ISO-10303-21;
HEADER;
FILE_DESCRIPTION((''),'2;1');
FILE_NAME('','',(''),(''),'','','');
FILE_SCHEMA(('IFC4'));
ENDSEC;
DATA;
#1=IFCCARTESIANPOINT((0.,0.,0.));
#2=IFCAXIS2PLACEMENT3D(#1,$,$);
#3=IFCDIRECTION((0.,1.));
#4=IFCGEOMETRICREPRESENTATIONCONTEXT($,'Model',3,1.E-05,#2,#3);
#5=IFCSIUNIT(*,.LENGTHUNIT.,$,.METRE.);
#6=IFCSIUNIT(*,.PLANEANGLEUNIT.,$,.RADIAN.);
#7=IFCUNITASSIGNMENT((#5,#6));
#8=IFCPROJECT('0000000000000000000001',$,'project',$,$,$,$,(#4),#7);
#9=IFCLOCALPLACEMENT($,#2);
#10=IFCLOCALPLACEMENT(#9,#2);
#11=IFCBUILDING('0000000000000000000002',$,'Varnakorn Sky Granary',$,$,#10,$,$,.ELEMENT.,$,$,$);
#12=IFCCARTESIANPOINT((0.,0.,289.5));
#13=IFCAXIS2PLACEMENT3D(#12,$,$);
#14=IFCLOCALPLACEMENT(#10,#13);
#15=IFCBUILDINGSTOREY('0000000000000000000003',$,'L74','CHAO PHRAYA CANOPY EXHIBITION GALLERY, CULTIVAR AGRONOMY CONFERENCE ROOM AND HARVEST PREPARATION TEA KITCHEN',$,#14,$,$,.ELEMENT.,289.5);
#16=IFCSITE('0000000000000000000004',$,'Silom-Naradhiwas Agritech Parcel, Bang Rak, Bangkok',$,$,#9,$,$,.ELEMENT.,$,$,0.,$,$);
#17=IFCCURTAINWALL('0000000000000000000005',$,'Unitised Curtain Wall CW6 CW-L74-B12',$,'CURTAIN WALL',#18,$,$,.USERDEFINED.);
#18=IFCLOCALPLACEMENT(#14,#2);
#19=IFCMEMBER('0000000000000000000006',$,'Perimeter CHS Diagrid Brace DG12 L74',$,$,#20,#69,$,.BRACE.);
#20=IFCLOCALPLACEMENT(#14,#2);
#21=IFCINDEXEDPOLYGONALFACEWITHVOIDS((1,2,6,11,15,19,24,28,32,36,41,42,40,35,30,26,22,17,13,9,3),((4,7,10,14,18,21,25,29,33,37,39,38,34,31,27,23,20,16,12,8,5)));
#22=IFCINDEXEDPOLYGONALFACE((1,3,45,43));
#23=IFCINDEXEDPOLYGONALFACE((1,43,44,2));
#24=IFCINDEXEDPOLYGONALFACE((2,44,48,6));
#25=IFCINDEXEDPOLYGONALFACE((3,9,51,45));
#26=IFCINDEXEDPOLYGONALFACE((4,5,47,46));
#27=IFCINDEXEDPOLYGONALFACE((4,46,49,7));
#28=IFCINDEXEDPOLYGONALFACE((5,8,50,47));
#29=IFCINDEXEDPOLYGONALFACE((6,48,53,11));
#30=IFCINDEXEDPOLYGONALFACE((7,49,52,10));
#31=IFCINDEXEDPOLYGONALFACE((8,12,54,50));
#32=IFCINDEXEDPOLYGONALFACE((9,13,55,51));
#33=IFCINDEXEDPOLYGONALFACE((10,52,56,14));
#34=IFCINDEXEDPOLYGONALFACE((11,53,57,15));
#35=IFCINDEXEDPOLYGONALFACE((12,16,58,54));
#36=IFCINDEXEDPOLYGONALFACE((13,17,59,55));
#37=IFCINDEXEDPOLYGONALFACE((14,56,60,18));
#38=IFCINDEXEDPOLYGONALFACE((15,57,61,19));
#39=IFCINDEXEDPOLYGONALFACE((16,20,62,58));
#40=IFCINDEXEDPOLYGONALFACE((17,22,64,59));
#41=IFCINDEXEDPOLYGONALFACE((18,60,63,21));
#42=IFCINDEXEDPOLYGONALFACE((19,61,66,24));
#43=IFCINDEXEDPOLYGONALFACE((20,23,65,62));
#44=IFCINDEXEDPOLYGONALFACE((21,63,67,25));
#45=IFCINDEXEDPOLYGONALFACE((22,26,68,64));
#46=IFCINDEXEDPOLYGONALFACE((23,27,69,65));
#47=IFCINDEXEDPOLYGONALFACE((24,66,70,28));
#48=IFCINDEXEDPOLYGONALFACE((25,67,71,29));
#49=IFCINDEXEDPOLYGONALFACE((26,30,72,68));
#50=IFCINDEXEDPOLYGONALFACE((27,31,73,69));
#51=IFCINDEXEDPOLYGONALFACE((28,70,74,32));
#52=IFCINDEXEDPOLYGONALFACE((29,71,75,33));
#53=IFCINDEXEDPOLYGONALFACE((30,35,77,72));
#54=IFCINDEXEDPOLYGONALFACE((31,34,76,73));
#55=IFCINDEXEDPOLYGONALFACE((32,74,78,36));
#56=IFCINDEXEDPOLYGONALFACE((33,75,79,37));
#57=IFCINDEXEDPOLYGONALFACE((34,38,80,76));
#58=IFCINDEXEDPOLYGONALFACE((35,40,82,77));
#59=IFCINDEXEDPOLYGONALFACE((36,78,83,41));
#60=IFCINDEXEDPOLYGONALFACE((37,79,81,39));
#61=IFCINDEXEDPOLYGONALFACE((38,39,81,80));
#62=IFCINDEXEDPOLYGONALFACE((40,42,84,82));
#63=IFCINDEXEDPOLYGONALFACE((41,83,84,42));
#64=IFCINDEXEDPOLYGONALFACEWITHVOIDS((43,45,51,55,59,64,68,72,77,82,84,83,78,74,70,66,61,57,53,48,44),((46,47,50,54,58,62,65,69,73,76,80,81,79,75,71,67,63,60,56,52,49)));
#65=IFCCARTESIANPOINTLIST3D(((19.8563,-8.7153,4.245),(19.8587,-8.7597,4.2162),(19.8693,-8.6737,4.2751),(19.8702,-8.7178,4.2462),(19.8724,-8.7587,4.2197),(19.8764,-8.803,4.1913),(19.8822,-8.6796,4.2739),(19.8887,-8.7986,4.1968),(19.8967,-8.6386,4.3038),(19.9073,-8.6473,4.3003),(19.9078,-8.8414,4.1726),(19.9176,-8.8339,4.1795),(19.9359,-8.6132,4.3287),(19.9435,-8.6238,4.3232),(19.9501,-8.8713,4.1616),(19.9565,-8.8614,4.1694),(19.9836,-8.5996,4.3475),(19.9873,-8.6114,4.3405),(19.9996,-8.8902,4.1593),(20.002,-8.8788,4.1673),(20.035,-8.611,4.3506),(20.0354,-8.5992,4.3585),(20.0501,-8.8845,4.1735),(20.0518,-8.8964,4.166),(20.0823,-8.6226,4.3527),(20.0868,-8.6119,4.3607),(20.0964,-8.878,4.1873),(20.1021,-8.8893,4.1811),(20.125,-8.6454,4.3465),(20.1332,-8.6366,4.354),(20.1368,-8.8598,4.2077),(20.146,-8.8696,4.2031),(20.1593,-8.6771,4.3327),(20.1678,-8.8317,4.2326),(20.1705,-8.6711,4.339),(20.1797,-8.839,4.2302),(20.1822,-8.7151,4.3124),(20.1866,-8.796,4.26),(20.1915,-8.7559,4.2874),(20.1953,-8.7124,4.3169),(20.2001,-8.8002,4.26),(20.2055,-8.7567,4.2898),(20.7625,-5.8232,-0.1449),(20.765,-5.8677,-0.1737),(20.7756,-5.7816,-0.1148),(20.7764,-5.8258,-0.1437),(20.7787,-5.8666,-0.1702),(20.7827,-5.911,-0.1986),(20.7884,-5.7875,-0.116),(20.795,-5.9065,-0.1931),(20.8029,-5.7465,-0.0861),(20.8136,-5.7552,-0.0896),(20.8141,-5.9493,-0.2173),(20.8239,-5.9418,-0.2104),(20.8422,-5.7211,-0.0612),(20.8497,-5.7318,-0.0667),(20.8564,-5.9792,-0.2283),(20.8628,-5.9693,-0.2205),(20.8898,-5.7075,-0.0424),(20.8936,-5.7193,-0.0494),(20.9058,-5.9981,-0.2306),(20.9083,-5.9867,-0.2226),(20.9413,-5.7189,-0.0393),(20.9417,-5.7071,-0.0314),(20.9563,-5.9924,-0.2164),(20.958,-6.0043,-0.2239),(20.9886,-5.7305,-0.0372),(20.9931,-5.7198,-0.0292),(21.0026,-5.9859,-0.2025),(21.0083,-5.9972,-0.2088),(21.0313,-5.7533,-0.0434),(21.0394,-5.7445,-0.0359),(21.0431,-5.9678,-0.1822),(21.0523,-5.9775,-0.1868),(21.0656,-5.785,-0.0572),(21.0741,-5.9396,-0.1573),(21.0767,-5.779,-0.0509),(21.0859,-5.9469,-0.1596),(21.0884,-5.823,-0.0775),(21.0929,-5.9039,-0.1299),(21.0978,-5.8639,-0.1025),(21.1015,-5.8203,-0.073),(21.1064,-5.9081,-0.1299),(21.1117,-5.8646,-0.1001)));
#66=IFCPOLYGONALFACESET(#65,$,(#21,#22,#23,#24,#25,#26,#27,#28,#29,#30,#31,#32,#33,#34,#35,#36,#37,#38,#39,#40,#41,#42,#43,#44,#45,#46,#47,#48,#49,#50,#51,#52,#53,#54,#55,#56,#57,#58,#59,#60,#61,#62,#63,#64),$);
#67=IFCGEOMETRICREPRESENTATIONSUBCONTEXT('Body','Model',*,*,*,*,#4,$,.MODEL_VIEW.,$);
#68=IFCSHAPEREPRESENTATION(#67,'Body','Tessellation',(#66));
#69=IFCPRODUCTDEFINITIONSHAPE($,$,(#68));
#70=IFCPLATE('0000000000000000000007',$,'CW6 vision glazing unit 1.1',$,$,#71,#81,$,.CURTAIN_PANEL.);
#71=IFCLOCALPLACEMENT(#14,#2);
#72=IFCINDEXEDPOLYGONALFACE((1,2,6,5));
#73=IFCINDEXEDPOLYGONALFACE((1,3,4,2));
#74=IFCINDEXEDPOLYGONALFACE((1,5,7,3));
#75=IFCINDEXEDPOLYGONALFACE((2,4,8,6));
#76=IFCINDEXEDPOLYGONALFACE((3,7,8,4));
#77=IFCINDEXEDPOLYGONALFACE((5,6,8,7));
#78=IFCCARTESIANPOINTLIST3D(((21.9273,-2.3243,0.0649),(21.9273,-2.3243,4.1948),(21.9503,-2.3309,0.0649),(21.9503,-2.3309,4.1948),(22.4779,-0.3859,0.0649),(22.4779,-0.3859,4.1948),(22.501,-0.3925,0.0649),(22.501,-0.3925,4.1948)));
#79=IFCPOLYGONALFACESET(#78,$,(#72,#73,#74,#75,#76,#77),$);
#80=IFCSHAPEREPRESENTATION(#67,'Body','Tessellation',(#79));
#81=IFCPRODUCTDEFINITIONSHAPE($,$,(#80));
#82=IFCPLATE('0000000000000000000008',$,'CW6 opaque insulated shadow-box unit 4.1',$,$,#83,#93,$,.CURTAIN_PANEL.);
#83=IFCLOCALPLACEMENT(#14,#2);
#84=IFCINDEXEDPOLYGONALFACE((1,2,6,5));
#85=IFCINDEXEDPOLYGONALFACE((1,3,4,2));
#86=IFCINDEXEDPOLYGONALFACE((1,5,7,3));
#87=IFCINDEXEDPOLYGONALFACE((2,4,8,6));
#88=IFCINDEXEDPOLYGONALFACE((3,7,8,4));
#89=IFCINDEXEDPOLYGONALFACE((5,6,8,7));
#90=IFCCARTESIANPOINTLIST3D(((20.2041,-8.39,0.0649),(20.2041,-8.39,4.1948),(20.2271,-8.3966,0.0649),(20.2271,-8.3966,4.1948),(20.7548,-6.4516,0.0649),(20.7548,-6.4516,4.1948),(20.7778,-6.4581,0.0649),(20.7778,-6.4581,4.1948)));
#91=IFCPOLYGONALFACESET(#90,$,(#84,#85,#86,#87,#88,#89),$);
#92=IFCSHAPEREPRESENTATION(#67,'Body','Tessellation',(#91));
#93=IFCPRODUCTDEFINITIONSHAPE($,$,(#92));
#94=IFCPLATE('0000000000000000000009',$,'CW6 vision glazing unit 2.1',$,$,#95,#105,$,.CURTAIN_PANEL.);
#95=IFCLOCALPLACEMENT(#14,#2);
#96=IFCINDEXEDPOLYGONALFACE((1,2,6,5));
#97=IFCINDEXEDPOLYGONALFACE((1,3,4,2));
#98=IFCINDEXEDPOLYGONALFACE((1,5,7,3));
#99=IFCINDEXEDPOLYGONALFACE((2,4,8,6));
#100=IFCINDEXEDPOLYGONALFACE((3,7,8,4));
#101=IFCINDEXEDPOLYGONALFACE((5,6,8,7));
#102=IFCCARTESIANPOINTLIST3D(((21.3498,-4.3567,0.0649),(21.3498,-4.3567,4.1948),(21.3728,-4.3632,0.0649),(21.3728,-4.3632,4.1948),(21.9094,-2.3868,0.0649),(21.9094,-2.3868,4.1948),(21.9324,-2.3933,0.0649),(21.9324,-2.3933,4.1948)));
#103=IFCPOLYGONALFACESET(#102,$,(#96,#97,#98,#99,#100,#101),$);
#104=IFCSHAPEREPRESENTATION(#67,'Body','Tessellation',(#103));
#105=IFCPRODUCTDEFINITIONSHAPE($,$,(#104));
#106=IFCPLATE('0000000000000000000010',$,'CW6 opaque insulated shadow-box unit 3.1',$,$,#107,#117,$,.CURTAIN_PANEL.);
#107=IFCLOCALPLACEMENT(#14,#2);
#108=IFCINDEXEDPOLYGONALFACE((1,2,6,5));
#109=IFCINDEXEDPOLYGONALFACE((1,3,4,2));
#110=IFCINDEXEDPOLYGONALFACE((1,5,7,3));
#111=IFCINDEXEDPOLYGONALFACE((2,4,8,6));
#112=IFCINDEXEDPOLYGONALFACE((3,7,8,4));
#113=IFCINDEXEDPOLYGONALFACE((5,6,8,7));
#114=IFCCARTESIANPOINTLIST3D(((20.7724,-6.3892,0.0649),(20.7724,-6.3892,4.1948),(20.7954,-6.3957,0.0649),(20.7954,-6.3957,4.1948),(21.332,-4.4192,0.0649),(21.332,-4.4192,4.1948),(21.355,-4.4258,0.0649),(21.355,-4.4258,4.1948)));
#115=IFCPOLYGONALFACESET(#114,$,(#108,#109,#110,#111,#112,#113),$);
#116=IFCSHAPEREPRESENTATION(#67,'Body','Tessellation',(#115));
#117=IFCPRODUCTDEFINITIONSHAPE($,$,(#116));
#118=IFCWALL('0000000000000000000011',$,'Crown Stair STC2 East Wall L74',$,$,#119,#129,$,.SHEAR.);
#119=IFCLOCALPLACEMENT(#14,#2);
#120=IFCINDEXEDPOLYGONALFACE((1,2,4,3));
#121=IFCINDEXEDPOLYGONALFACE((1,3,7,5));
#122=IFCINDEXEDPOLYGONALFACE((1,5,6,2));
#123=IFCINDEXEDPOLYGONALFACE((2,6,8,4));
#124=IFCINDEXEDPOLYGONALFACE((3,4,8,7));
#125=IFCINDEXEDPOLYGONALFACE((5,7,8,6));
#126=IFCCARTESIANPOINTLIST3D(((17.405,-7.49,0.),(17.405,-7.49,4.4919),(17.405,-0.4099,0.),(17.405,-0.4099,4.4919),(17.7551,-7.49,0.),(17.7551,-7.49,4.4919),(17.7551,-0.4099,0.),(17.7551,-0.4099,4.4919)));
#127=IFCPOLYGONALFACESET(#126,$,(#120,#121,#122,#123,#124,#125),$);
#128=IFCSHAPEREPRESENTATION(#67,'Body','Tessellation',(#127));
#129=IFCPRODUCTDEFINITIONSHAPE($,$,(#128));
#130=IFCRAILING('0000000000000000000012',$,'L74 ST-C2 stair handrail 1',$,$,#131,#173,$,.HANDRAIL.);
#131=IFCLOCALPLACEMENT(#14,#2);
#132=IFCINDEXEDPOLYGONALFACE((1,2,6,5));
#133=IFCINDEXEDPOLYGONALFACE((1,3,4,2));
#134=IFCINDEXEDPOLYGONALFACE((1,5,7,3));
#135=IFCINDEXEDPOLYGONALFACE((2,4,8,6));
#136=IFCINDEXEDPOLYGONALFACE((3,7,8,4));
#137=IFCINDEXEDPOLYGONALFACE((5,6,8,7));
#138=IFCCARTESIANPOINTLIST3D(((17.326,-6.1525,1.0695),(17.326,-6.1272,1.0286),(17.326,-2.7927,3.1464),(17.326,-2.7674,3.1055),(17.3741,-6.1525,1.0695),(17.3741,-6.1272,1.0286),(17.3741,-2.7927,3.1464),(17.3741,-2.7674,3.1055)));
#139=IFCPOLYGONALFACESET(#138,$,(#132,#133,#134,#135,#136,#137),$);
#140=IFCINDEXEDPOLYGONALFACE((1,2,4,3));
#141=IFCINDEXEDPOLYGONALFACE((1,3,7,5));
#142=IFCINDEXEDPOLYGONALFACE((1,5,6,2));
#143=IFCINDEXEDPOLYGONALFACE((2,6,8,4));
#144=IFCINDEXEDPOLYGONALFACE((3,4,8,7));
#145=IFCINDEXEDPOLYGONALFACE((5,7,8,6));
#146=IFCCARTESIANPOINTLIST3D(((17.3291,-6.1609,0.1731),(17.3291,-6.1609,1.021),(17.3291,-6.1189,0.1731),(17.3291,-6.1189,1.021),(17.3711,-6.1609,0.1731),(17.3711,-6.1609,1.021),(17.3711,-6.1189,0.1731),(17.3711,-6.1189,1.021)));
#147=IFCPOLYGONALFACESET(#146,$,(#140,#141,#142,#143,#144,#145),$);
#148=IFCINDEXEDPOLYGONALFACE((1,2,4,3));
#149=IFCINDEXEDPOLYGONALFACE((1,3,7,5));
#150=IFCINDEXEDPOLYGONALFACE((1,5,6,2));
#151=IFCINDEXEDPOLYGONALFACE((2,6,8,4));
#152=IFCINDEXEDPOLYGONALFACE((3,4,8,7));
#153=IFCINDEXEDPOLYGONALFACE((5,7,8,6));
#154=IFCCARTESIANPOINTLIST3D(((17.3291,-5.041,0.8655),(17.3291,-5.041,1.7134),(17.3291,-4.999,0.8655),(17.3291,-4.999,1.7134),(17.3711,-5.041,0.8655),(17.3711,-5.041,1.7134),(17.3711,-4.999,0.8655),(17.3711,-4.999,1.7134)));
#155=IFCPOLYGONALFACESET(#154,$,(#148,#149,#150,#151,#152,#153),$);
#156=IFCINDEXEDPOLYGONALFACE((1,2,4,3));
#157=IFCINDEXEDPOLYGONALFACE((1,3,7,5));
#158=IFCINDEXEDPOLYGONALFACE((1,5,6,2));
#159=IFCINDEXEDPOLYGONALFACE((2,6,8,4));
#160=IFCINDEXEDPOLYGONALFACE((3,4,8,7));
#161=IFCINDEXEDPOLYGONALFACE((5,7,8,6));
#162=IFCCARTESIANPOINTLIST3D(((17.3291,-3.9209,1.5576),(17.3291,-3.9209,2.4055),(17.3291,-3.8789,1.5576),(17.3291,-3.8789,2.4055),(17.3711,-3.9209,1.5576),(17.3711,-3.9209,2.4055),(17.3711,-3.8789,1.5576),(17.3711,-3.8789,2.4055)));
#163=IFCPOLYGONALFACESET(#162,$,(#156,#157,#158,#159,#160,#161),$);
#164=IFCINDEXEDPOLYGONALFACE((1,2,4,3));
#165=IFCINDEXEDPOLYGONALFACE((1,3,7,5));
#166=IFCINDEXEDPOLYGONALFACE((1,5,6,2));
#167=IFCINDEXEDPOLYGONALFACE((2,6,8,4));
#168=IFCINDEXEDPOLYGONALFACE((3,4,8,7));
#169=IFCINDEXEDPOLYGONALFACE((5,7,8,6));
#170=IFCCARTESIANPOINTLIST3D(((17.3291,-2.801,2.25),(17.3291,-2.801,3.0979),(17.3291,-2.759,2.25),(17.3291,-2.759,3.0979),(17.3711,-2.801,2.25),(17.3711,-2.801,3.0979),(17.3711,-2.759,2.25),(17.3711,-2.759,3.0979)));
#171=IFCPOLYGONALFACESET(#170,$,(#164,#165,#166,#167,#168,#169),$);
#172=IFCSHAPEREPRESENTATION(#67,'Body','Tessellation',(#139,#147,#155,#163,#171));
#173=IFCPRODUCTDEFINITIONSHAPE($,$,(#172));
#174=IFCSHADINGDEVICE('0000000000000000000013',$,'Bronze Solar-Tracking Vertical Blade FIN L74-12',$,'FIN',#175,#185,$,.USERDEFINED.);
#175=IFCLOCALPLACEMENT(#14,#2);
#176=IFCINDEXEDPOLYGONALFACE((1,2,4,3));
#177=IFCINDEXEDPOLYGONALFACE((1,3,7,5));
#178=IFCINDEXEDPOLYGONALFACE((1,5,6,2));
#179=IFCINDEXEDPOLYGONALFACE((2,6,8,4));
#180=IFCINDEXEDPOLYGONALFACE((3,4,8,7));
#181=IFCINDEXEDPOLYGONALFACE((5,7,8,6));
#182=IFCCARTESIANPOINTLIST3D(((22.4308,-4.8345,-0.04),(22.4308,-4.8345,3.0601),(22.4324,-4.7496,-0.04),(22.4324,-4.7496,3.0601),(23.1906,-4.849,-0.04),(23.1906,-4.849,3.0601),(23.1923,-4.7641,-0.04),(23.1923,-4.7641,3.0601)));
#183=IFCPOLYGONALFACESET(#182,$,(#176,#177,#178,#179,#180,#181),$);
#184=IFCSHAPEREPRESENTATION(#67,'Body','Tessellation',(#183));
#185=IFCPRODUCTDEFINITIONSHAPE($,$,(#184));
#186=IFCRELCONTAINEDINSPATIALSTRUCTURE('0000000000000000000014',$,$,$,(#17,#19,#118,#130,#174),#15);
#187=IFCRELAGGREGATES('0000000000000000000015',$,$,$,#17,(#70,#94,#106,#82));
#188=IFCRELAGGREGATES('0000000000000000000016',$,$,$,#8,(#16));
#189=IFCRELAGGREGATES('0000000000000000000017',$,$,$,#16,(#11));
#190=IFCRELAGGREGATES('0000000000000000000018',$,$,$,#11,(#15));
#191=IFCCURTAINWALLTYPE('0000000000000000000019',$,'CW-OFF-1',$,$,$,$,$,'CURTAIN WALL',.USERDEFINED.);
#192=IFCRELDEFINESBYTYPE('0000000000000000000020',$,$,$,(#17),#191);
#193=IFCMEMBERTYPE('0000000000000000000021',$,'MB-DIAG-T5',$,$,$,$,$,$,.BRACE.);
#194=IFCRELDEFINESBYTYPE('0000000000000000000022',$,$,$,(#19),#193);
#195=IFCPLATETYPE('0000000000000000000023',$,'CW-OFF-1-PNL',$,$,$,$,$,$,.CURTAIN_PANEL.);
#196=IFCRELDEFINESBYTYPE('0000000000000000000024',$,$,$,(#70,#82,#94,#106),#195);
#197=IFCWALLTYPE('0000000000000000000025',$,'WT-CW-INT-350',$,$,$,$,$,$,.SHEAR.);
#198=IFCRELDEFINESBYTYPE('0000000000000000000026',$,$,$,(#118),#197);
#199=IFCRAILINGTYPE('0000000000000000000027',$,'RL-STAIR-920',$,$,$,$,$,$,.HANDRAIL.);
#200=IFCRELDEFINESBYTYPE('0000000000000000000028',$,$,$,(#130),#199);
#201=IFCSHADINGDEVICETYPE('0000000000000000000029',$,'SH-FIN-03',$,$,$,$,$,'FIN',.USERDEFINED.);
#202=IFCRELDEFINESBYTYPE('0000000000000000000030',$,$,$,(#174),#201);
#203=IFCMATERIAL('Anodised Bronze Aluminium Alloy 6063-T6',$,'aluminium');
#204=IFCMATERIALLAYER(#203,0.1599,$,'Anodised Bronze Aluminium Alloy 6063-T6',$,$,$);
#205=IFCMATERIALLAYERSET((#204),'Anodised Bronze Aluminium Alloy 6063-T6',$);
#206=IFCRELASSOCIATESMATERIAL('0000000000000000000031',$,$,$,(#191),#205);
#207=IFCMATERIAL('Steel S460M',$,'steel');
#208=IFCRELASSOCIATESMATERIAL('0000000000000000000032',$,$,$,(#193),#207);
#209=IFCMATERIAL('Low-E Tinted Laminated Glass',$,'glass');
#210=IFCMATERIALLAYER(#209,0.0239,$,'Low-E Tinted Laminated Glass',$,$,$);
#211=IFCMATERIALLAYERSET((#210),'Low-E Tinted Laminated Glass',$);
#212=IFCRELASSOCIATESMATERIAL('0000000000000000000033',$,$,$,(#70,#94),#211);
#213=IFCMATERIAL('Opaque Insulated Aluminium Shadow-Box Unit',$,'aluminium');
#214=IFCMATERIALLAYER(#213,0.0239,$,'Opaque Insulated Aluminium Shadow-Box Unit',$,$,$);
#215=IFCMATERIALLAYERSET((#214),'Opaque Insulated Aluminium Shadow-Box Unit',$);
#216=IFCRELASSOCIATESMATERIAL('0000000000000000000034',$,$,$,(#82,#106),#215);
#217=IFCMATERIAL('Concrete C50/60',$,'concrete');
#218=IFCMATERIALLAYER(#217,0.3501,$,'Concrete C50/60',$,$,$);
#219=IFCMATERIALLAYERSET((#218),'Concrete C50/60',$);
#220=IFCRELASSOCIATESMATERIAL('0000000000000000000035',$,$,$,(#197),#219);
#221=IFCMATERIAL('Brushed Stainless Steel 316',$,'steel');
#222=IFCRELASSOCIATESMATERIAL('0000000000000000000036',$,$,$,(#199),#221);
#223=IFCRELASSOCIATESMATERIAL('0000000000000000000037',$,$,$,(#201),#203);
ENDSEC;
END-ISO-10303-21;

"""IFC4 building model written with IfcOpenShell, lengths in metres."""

from ifc_helpers import new_model, si_unit, direction, frame, frame_2d, origin, origin_2d, place, context, subcontext, project, spatial, rectangle, hollow_circle, extrude, source, transform, mapped, material, layer, layer_set, material_profile, profile_set, type_object, type_shapes, element, aggregate, save


model = new_model("IFC4")

# Units and contexts
model_context = context("Model", 3, precision=1e-05, world=origin(), true_north=direction((0.0, 1.0)))
body_context = subcontext(model_context, "Body", "Model", "MODEL_VIEW")
ifc_project = project(units=[si_unit("LENGTHUNIT", "METRE"), si_unit("PLANEANGLEUNIT", "RADIAN")], contexts=[model_context])

# Site, building, storey
site_placement = place(None, origin())
site = spatial("IfcSite", under=ifc_project, at=site_placement, Name="Silom-Naradhiwas Agritech Parcel, Bang Rak, Bangkok", CompositionType="ELEMENT", RefElevation=0.0)
building_placement = place(site_placement, origin())
building = spatial("IfcBuilding", under=site, at=building_placement, Name="Varnakorn Sky Granary", CompositionType="ELEMENT")
storey_placement = place(building_placement, frame((0.0, 0.0, 289.5)))
storey = spatial("IfcBuildingStorey", under=building, at=storey_placement, Name="L74", Description="CHAO PHRAYA CANOPY EXHIBITION GALLERY, CULTIVAR AGRONOMY CONFERENCE ROOM AND HARVEST PREPARATION TEA KITCHEN", CompositionType="ELEMENT", Elevation=289.5)

# Shared definitions
ifc_material_1 = material(Name="Steel S460M", Category="steel")

# Curtain wall
ifc_material_2 = material(Name="Anodised Bronze Aluminium Alloy 6063-T6", Category="aluminium")
ifc_layer_1 = layer(ifc_material_2, 0.1599, Name="Anodised Bronze Aluminium Alloy 6063-T6")
ifc_layer_set_1 = layer_set([ifc_layer_1], Name="Anodised Bronze Aluminium Alloy 6063-T6")
curtain_wall_type = type_object("IfcCurtainWallType", Name="CW-OFF-1", ElementType="CURTAIN WALL", PredefinedType="USERDEFINED", material=ifc_layer_set_1)
curtain_wall_placement = place(storey_placement, origin())
curtain_wall = element("IfcCurtainWall", 1, at=curtain_wall_placement, inside=storey, type_object=curtain_wall_type, Name="Unitised Curtain Wall CW6 CW-L74-B12", ObjectType="CURTAIN WALL", PredefinedType="USERDEFINED")

# Member
ifc_material_profile_1 = material_profile(ifc_material_1, hollow_circle(Radius=0.1777, WallThickness=0.0142, at=origin_2d()), Name="CHS 355.6x14")
ifc_profile_set_1 = profile_set([ifc_material_profile_1], Name="Steel S460M")
member_type_1 = type_object("IfcMemberType", Name="MB-DIAG-T5", PredefinedType="BRACE", material=ifc_profile_set_1)
member_1_placement = place(storey_placement, frame((20.9368, -5.855, -0.1299), z_axis=(-0.169885, -0.542151, 0.822929), x_axis=(0.954247, -0.299018, 0.0)))
element("IfcMember", 2, at=member_1_placement, inside=storey, type_object=member_type_1, Name="Perimeter CHS Diagrid Brace DG12 L74", PredefinedType="BRACE", context=body_context, shape_type="SweptSolid", body=[
    extrude(hollow_circle(Radius=0.1777, WallThickness=0.0142, at=origin_2d()), origin(), (0.0, 0.0, 1.0), 5.3345),
])

# Plates
ifc_material_3 = material(Name="Low-E Tinted Laminated Glass", Category="glass")
ifc_layer_2 = layer(ifc_material_3, 0.0239, Name="Low-E Tinted Laminated Glass")
ifc_layer_set_2 = layer_set([ifc_layer_2], Name="Low-E Tinted Laminated Glass")
plate_type = type_object("IfcPlateType", Name="CW-OFF-1-PNL", PredefinedType="CURTAIN_PANEL")
shared_shape_1 = source(origin(), body_context, "Body", "SweptSolid", [
    extrude(rectangle(XDim=2.0151, YDim=0.0239, at=origin_2d()), origin(), (0.0, 0.0, 1.0), 4.1299),
])
plate_1_placement = place(storey_placement, frame((22.2141, -1.3584, 0.0649), z_axis=(0.0, 0.0, 1.0), x_axis=(-0.27327, -0.961937, 0.0)))
plate_1 = element("IfcPlate", 3, at=plate_1_placement, type_object=plate_type, material=ifc_layer_set_2, Name="CW6 vision glazing unit 1.1", PredefinedType="CURTAIN_PANEL", context=body_context, shape_type="MappedRepresentation", body=[
    mapped(shared_shape_1, transform((0.0, 0.0, 0.0), x_axis=(1.0, 0.0, 0.0), y_axis=(0.0, 1.0, 0.0), z_axis=(0.0, 0.0, 1.0), scale=1.0)),
])
ifc_material_4 = material(Name="Opaque Insulated Aluminium Shadow-Box Unit", Category="aluminium")
ifc_layer_3 = layer(ifc_material_4, 0.0239, Name="Opaque Insulated Aluminium Shadow-Box Unit")
ifc_layer_set_3 = layer_set([ifc_layer_3], Name="Opaque Insulated Aluminium Shadow-Box Unit")
plate_2_placement = place(storey_placement, frame((20.491, -7.4241, 0.0649), z_axis=(0.0, 0.0, 1.0), x_axis=(-0.27327, -0.961937, 0.0)))
plate_2 = element("IfcPlate", 4, at=plate_2_placement, type_object=plate_type, material=ifc_layer_set_3, Name="CW6 opaque insulated shadow-box unit 4.1", PredefinedType="CURTAIN_PANEL", context=body_context, shape_type="MappedRepresentation", body=[
    mapped(shared_shape_1, transform((0.0, 0.0, 0.0), x_axis=(1.0, 0.0, 0.0), y_axis=(0.0, 1.0, 0.0), z_axis=(0.0, 0.0, 1.0), scale=1.0)),
])
shared_shape_2 = source(origin(), body_context, "Body", "SweptSolid", [
    extrude(rectangle(XDim=2.0479, YDim=0.0239, at=origin_2d()), origin(), (0.0, 0.0, 1.0), 4.1299),
])
type_shapes(plate_type, [shared_shape_1, shared_shape_2])
plate_3_placement = place(storey_placement, frame((21.6411, -3.375, 0.0649), z_axis=(0.0, 0.0, 1.0), x_axis=(-0.27327, -0.961937, 0.0)))
plate_3 = element("IfcPlate", 5, at=plate_3_placement, type_object=plate_type, material=ifc_layer_set_2, Name="CW6 vision glazing unit 2.1", PredefinedType="CURTAIN_PANEL", context=body_context, shape_type="MappedRepresentation", body=[
    mapped(shared_shape_2, transform((0.0, 0.0, 0.0), x_axis=(1.0, 0.0, 0.0), y_axis=(0.0, 1.0, 0.0), z_axis=(0.0, 0.0, 1.0), scale=1.0)),
])
plate_4_placement = place(storey_placement, frame((21.0637, -5.4075, 0.0649), z_axis=(0.0, 0.0, 1.0), x_axis=(-0.27327, -0.961937, 0.0)))
plate_4 = element("IfcPlate", 6, at=plate_4_placement, type_object=plate_type, material=ifc_layer_set_3, Name="CW6 opaque insulated shadow-box unit 3.1", PredefinedType="CURTAIN_PANEL", context=body_context, shape_type="MappedRepresentation", body=[
    mapped(shared_shape_2, transform((0.0, 0.0, 0.0), x_axis=(1.0, 0.0, 0.0), y_axis=(0.0, 1.0, 0.0), z_axis=(0.0, 0.0, 1.0), scale=1.0)),
])
aggregate(curtain_wall, [plate_1, plate_3, plate_4, plate_2])

# Wall
ifc_material_5 = material(Name="Concrete C50/60", Category="concrete")
ifc_layer_4 = layer(ifc_material_5, 0.3501, Name="Concrete C50/60")
ifc_layer_set_4 = layer_set([ifc_layer_4], Name="Concrete C50/60")
wall_type = type_object("IfcWallType", Name="WT-CW-INT-350", PredefinedType="SHEAR", material=ifc_layer_set_4)
wall_placement = place(storey_placement, frame((17.5801, -7.49, 0.0), z_axis=(0.0, 0.0, 1.0), x_axis=(0.0, 1.0, 0.0)))
element("IfcWall", 7, at=wall_placement, inside=storey, type_object=wall_type, Name="Crown Stair STC2 East Wall L74", PredefinedType="SHEAR", context=body_context, shape_type="SweptSolid", body=[
    extrude(rectangle(XDim=7.0801, YDim=0.3501, at=frame_2d((3.54, 0.0))), origin(), (0.0, 0.0, 1.0), 4.4919),
])

# Railing
ifc_material_6 = material(Name="Brushed Stainless Steel 316", Category="steel")
railing_type_1 = type_object("IfcRailingType", Name="RL-STAIR-920", PredefinedType="HANDRAIL", material=ifc_material_6)
railing_1_placement = place(storey_placement, frame((17.3501, -6.1399, 0.1731)))
element("IfcRailing", 8, at=railing_1_placement, inside=storey, type_object=railing_type_1, Name="L74 ST-C2 stair handrail 1", PredefinedType="HANDRAIL", context=body_context, shape_type="SweptSolid", body=[
    extrude(rectangle(XDim=0.0481, YDim=0.0481, at=origin_2d()), frame((0.0, 0.0, 0.876), z_axis=(0.0, 0.850606, 0.525803), x_axis=(-1.0, 0.0, 0.0)), (0.0, 0.0, 1.0), 3.95),
    extrude(rectangle(XDim=0.042, YDim=0.042, at=origin_2d()), origin(), (0.0, 0.0, 1.0), 0.8479),
    extrude(rectangle(XDim=0.042, YDim=0.042, at=origin_2d()), frame((0.0, 1.1199, 0.6924)), (0.0, 0.0, 1.0), 0.8479),
    extrude(rectangle(XDim=0.042, YDim=0.042, at=origin_2d()), frame((0.0, 2.24, 1.3845)), (0.0, 0.0, 1.0), 0.8479),
    extrude(rectangle(XDim=0.042, YDim=0.042, at=origin_2d()), frame((0.0, 3.3599, 2.0769)), (0.0, 0.0, 1.0), 0.8479),
])

# Shading device
shading_device_type = type_object("IfcShadingDeviceType", Name="SH-FIN-03", ElementType="FIN", PredefinedType="USERDEFINED", material=ifc_material_2)
shared_shape_3 = source(origin(), body_context, "Body", "SweptSolid", [
    extrude(rectangle(XDim=0.085, YDim=0.76, at=origin_2d()), origin(), (0.0, 0.0, 1.0), 3.1001),
])
type_shapes(shading_device_type, [shared_shape_3])
shading_device_placement = place(storey_placement, frame((22.8115, -4.7993, -0.04), z_axis=(0.0, 0.0, 1.0), x_axis=(0.019073, 0.999818, 0.0)))
element("IfcShadingDevice", 9, at=shading_device_placement, inside=storey, type_object=shading_device_type, Name="Bronze Solar-Tracking Vertical Blade FIN L74-12", ObjectType="FIN", PredefinedType="USERDEFINED", context=body_context, shape_type="MappedRepresentation", body=[
    mapped(shared_shape_3, transform((0.0, 0.0, 0.0), x_axis=(1.0, 0.0, 0.0), y_axis=(0.0, 1.0, 0.0), z_axis=(0.0, 0.0, 1.0), scale=1.0)),
])

save(model, "model.ifc")
